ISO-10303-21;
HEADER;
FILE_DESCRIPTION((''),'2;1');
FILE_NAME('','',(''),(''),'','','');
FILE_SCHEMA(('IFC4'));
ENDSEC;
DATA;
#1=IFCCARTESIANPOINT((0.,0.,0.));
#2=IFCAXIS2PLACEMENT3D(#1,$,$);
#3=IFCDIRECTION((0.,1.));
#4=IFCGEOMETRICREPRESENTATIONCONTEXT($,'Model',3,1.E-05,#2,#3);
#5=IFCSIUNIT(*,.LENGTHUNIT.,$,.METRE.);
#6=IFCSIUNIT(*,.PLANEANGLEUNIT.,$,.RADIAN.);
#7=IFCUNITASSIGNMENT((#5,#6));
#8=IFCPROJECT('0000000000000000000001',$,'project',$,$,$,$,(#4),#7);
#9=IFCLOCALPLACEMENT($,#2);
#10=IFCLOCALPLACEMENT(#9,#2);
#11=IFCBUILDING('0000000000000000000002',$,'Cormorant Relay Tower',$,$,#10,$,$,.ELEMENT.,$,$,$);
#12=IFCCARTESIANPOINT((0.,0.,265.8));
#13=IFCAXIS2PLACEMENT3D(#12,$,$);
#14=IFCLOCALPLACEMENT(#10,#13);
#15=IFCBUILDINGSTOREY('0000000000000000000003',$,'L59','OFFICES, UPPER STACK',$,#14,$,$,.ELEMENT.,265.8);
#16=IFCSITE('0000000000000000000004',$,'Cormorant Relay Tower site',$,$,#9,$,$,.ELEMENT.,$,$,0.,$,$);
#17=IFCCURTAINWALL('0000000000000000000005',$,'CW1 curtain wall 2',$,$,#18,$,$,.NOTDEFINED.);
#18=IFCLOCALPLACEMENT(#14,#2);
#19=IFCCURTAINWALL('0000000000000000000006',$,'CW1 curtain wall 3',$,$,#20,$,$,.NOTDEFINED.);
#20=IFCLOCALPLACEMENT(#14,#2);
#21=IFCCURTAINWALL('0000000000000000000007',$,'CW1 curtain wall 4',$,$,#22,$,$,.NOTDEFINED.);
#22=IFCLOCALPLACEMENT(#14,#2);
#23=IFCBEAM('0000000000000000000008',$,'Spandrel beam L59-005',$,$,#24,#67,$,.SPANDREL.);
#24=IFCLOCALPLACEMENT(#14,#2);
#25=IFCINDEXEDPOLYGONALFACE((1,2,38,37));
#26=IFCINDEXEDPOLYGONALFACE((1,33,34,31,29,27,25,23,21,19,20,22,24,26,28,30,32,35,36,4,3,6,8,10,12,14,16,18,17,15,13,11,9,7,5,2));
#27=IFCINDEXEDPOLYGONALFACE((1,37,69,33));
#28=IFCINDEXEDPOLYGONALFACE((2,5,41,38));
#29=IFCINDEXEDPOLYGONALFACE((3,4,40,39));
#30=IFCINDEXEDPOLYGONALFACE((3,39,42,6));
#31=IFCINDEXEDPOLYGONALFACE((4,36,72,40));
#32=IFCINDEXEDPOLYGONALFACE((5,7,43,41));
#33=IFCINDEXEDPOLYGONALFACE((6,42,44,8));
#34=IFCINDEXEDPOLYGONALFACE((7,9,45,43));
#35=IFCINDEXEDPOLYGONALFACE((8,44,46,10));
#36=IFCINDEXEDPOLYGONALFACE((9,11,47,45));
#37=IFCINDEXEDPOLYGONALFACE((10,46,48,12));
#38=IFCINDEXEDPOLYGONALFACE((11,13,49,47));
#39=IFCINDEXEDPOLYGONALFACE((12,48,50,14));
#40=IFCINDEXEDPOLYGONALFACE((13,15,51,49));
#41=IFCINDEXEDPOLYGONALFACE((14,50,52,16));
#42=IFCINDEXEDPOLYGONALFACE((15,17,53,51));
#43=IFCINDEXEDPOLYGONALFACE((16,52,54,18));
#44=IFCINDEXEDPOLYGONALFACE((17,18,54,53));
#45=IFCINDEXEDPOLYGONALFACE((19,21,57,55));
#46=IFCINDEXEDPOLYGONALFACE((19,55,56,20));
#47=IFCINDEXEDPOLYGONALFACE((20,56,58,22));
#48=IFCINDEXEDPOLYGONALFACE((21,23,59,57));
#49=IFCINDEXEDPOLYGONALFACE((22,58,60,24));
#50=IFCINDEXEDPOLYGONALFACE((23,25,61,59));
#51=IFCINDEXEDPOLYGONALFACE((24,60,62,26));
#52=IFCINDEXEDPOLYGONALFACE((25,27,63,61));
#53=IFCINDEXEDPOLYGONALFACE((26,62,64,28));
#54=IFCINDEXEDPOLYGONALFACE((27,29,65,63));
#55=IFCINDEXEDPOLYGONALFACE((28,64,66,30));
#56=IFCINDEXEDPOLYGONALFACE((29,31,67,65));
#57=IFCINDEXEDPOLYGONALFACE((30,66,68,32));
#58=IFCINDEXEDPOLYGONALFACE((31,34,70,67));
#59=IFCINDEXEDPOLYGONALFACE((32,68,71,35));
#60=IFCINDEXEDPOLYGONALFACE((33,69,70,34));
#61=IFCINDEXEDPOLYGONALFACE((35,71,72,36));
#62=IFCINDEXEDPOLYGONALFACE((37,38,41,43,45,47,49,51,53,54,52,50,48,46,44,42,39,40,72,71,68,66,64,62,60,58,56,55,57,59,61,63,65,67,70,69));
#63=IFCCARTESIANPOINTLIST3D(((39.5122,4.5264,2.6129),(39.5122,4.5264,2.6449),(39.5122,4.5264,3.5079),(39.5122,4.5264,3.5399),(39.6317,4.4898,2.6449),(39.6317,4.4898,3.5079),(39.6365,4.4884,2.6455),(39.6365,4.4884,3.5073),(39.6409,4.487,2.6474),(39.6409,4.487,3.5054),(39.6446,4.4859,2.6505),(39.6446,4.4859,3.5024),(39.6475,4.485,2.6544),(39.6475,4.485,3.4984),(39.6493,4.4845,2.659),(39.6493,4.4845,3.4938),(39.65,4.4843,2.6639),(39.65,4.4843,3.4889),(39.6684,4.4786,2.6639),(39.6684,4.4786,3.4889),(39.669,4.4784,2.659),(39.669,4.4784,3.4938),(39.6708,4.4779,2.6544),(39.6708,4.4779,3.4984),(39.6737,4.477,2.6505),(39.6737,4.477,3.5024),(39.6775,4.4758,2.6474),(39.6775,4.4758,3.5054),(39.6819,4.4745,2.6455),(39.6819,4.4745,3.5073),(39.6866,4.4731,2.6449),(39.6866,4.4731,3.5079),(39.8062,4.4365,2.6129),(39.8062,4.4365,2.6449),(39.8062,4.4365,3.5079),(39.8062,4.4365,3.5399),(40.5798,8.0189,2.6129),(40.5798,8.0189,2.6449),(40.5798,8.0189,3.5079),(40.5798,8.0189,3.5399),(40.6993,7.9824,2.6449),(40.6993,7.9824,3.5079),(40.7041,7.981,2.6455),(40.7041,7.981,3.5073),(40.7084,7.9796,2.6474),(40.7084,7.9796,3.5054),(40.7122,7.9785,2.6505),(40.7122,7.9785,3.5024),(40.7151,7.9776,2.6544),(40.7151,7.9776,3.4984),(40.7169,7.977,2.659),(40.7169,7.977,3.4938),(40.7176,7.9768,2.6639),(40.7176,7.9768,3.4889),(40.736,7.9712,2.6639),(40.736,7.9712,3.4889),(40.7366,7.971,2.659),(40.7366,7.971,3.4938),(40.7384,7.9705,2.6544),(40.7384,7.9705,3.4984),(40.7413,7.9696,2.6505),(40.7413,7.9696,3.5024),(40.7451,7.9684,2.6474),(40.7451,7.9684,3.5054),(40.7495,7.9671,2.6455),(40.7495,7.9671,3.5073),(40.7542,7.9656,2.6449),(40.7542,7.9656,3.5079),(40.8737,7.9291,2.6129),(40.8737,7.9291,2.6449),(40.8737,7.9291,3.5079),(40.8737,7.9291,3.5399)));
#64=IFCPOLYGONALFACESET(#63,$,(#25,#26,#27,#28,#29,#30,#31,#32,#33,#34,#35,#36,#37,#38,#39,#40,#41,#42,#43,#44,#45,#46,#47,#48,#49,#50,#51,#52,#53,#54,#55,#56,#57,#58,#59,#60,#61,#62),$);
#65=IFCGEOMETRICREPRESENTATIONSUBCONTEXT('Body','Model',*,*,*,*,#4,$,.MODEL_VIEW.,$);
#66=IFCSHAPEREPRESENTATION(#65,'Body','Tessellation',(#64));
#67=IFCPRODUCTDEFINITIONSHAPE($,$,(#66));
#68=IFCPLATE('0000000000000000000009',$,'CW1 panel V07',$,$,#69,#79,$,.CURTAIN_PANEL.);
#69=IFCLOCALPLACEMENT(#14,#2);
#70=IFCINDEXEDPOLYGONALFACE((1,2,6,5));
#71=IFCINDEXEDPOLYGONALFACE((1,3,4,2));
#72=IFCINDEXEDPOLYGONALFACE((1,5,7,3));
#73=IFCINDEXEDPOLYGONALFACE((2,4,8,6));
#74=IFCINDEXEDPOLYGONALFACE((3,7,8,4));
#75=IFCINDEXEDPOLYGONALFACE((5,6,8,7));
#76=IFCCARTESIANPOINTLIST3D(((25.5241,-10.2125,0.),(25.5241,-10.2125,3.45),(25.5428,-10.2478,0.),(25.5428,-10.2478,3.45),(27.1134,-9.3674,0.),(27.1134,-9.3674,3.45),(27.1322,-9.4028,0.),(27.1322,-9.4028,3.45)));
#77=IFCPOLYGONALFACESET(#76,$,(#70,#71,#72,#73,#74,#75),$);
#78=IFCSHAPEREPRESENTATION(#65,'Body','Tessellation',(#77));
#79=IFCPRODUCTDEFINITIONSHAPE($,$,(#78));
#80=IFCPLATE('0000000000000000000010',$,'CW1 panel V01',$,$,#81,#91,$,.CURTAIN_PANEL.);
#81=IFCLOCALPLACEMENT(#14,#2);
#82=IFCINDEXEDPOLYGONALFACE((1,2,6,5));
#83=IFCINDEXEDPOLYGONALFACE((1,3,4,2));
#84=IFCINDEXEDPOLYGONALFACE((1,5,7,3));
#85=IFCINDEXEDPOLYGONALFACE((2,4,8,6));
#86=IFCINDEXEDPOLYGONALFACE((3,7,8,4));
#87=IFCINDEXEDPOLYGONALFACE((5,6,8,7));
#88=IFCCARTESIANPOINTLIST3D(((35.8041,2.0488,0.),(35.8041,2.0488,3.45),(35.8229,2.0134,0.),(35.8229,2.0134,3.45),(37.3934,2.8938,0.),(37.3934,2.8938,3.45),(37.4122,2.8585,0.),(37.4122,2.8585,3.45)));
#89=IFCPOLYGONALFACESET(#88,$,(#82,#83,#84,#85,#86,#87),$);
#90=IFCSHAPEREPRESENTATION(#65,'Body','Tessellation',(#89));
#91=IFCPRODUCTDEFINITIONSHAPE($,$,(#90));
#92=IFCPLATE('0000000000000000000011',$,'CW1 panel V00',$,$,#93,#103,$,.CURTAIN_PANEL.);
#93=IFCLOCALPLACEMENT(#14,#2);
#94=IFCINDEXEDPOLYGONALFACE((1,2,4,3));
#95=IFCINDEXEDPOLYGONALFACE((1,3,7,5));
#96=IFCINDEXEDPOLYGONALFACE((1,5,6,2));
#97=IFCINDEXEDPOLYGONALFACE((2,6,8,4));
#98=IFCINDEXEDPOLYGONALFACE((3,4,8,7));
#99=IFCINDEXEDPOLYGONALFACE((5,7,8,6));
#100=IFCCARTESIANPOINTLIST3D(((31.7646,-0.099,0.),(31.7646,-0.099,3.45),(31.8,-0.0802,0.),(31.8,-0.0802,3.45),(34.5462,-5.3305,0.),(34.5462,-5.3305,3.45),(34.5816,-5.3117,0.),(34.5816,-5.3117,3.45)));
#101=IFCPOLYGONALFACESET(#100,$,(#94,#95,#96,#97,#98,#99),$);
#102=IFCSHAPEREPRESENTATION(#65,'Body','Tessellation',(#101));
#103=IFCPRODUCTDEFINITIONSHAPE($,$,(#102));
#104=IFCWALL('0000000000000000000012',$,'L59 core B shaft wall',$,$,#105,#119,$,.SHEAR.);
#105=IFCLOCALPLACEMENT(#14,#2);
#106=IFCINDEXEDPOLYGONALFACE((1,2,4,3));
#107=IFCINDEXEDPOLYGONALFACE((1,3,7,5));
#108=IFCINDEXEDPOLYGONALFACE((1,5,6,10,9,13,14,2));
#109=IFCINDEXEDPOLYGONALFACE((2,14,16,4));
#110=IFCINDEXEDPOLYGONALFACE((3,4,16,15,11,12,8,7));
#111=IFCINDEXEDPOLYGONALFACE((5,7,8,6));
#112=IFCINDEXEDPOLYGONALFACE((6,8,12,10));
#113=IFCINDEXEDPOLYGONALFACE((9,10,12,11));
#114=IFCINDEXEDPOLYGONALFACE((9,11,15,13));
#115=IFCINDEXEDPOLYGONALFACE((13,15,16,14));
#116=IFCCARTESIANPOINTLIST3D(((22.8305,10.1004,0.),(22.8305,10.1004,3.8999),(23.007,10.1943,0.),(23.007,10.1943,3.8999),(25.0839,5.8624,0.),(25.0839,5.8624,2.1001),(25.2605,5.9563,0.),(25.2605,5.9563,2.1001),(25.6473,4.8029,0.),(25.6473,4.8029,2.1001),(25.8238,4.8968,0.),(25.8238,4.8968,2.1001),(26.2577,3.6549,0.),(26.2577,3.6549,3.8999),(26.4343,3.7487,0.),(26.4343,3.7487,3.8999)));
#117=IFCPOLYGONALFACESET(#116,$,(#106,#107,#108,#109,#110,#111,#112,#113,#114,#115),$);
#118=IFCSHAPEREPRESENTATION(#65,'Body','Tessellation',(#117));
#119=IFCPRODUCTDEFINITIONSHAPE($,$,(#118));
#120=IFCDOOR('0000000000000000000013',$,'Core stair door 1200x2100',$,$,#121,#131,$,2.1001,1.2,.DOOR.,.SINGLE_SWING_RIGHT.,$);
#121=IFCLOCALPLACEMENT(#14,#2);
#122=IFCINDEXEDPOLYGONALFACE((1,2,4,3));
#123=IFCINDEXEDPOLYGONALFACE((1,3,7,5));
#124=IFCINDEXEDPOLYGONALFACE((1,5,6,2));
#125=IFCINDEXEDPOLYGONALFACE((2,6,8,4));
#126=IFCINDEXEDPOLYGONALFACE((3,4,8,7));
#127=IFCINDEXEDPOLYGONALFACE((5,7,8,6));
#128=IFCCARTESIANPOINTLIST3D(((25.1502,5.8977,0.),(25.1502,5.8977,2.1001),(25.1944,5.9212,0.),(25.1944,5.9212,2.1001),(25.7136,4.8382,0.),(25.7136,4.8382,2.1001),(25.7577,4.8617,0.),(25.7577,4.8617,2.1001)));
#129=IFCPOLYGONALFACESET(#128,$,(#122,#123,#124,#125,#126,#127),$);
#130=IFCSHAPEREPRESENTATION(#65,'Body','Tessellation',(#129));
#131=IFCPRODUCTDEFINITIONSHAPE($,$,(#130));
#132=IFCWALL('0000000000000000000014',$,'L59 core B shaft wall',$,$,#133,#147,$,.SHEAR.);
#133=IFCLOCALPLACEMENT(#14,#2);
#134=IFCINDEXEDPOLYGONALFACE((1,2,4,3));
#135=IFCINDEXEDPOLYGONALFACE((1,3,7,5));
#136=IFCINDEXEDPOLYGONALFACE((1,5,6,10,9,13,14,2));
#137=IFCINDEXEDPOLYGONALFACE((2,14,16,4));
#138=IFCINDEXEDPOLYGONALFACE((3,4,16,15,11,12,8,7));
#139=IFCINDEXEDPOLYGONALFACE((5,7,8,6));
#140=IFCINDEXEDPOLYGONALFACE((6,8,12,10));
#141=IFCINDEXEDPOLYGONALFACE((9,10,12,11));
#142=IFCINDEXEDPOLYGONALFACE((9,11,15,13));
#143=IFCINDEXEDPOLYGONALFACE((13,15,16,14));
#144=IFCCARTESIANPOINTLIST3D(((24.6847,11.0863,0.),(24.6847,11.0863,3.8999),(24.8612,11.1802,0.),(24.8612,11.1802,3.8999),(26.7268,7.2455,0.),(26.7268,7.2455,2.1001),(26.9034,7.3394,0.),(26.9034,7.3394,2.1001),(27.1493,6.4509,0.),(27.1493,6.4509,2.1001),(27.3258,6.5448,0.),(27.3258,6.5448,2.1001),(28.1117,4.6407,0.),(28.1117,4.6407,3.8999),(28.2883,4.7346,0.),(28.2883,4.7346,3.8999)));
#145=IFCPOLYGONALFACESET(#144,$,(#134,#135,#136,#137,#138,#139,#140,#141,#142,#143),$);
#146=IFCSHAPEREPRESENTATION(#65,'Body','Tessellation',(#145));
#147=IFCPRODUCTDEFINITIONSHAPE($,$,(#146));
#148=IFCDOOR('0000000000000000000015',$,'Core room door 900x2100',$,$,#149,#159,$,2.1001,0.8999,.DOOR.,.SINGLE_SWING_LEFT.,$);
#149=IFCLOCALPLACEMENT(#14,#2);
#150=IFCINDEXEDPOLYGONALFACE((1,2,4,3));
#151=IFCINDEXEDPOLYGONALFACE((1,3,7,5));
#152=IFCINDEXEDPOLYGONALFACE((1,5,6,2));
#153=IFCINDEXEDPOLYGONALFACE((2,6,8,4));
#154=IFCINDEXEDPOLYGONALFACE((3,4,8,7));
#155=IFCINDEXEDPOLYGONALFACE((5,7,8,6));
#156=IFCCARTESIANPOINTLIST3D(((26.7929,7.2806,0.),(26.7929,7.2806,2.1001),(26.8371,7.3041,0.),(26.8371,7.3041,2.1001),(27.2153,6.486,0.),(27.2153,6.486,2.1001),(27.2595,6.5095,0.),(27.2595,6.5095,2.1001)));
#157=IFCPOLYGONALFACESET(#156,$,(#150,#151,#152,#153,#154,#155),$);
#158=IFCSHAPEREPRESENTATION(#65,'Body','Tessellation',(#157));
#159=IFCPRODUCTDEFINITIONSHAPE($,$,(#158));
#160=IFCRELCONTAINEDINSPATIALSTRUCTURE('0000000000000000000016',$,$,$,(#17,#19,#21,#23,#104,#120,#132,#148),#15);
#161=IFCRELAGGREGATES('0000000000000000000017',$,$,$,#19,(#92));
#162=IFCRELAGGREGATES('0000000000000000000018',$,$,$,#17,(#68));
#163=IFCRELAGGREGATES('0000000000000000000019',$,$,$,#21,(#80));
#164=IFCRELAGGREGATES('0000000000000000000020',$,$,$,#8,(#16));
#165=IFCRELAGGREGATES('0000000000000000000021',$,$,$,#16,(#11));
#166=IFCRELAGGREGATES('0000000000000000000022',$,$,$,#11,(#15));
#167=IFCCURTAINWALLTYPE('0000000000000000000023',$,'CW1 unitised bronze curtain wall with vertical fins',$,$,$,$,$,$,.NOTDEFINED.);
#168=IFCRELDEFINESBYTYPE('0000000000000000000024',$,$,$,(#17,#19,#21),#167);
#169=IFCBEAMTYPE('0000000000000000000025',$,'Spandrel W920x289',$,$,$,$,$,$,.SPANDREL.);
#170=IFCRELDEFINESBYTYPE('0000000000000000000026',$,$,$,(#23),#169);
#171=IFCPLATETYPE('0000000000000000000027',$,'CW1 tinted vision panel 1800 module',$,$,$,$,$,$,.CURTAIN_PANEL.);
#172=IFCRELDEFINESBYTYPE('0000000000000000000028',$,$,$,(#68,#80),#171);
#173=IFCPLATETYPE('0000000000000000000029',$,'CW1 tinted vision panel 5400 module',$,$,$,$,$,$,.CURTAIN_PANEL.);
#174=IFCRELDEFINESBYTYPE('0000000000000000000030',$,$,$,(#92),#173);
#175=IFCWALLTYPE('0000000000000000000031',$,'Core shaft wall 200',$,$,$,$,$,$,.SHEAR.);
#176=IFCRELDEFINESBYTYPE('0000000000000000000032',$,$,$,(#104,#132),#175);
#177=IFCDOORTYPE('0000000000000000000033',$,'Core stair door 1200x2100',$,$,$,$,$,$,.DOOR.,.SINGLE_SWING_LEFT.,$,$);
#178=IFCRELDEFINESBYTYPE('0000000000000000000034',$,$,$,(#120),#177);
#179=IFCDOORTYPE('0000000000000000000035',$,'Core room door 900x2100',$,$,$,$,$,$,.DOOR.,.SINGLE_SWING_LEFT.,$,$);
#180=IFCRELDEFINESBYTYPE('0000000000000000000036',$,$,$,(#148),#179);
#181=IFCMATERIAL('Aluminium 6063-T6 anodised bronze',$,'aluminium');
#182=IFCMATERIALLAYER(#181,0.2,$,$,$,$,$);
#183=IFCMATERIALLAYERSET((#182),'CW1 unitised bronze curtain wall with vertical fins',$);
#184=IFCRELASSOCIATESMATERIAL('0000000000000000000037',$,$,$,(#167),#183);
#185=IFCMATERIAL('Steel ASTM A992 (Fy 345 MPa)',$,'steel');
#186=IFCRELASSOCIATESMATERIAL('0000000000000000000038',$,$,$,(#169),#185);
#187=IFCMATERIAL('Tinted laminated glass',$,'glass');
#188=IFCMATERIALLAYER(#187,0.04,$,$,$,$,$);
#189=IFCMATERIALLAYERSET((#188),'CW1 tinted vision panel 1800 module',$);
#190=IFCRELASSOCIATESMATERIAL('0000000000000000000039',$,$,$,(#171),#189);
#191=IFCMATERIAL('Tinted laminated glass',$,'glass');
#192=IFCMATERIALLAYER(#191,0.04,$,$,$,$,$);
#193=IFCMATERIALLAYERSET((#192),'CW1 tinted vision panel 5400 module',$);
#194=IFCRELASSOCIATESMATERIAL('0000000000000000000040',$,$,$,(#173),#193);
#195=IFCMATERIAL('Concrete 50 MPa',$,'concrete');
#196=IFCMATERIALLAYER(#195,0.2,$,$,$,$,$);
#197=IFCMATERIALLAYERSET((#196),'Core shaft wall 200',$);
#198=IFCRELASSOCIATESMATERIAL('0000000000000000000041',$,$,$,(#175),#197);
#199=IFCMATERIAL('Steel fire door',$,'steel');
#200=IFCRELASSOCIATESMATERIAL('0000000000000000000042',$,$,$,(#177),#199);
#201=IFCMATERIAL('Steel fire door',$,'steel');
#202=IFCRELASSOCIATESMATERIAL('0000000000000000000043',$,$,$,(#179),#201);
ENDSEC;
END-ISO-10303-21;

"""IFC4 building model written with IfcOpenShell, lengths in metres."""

from ifc_helpers import new_model, si_unit, direction, frame, frame_2d, origin, origin_2d, place, context, subcontext, project, spatial, rectangle, i_section, extrude, material, layer, layer_set, material_profile, profile_set, type_object, element, fill, aggregate, save


model = new_model("IFC4")

# Units and contexts
model_context = context("Model", 3, precision=1e-05, world=origin(), true_north=direction((0.0, 1.0)))
body_context = subcontext(model_context, "Body", "Model", "MODEL_VIEW")
ifc_project = project(units=[si_unit("LENGTHUNIT", "METRE"), si_unit("PLANEANGLEUNIT", "RADIAN")], contexts=[model_context])

# Site, building, storey
site_placement = place(None, origin())
site = spatial("IfcSite", under=ifc_project, at=site_placement, Name="Cormorant Relay Tower site", CompositionType="ELEMENT", RefElevation=0.0)
building_placement = place(site_placement, origin())
building = spatial("IfcBuilding", under=site, at=building_placement, Name="Cormorant Relay Tower", CompositionType="ELEMENT")
storey_placement = place(building_placement, frame((0.0, 0.0, 265.8)))
storey = spatial("IfcBuildingStorey", under=building, at=storey_placement, Name="L59", Description="OFFICES, UPPER STACK", CompositionType="ELEMENT", Elevation=265.8)

# Curtain walls
ifc_material_1 = material(Name="Aluminium 6063-T6 anodised bronze", Category="aluminium")
ifc_layer_1 = layer(ifc_material_1, 0.2)
ifc_layer_set_1 = layer_set([ifc_layer_1], Name="CW1 unitised bronze curtain wall with vertical fins")
curtain_wall_type = type_object("IfcCurtainWallType", Name="CW1 unitised bronze curtain wall with vertical fins", PredefinedType="NOTDEFINED", material=ifc_layer_set_1)
curtain_wall_1_placement = place(storey_placement, origin())
curtain_wall_1 = element("IfcCurtainWall", 1, at=curtain_wall_1_placement, inside=storey, type_object=curtain_wall_type, Name="CW1 curtain wall 2", PredefinedType="NOTDEFINED")
curtain_wall_2_placement = place(storey_placement, origin())
curtain_wall_2 = element("IfcCurtainWall", 2, at=curtain_wall_2_placement, inside=storey, type_object=curtain_wall_type, Name="CW1 curtain wall 3", PredefinedType="NOTDEFINED")

# Curtain wall
curtain_wall_3_placement = place(storey_placement, origin())
curtain_wall_3 = element("IfcCurtainWall", 3, at=curtain_wall_3_placement, inside=storey, type_object=curtain_wall_type, Name="CW1 curtain wall 4", PredefinedType="NOTDEFINED")

# Beam
ifc_material_2 = material(Name="Steel ASTM A992 (Fy 345 MPa)", Category="steel")
ifc_material_profile_1 = material_profile(ifc_material_2, i_section(OverallWidth=0.3074, OverallDepth=0.927, WebThickness=0.0193, FlangeThickness=0.032, FilletRadius=0.019, at=origin_2d()), Name="W920x289")
ifc_profile_set_1 = profile_set([ifc_material_profile_1], Name="Steel ASTM A992 (Fy 345 MPa)")
beam_type = type_object("IfcBeamType", Name="Spandrel W920x289", PredefinedType="SPANDREL", material=ifc_profile_set_1)
beam_1_placement = place(storey_placement, frame((39.6592, 4.4814, 3.0764), z_axis=(0.292324, 0.956319, 0.0), x_axis=(-0.956319, 0.292324, 0.0)))
element("IfcBeam", 4, at=beam_1_placement, inside=storey, type_object=beam_type, Name="Spandrel beam L59-005", PredefinedType="SPANDREL", context=body_context, shape_type="SweptSolid", body=[
    extrude(i_section(OverallWidth=0.3074, OverallDepth=0.927, WebThickness=0.0193, FlangeThickness=0.032, FilletRadius=0.019, at=origin_2d()), origin(), (0.0, 0.0, 1.0), 3.6521),
])

# Plates
ifc_material_3 = material(Name="Tinted laminated glass", Category="glass")
ifc_layer_2 = layer(ifc_material_3, 0.04)
ifc_layer_set_2 = layer_set([ifc_layer_2], Name="CW1 tinted vision panel 1800 module")
plate_type_1 = type_object("IfcPlateType", Name="CW1 tinted vision panel 1800 module", PredefinedType="CURTAIN_PANEL", material=ifc_layer_set_2)
plate_1_placement = place(storey_placement, frame((26.3281, -9.8076, 0.0), z_axis=(0.0, 0.0, 1.0), x_axis=(0.882948, 0.469472, 0.0)))
plate_1 = element("IfcPlate", 5, at=plate_1_placement, type_object=plate_type_1, Name="CW1 panel V07", PredefinedType="CURTAIN_PANEL", context=body_context, shape_type="SweptSolid", body=[
    extrude(rectangle(XDim=1.8, YDim=0.04, at=origin_2d()), origin(), (0.0, 0.0, 1.0), 3.45),
])
plate_2_placement = place(storey_placement, frame((36.6082, 2.4536, 0.0), z_axis=(0.0, 0.0, 1.0), x_axis=(0.882948, 0.469472, 0.0)))
plate_2 = element("IfcPlate", 6, at=plate_2_placement, type_object=plate_type_1, Name="CW1 panel V01", PredefinedType="CURTAIN_PANEL", context=body_context, shape_type="SweptSolid", body=[
    extrude(rectangle(XDim=1.8, YDim=0.04, at=origin_2d()), origin(), (0.0, 0.0, 1.0), 3.45),
])
ifc_material_4 = material(Name="Tinted laminated glass", Category="glass")
ifc_layer_3 = layer(ifc_material_4, 0.04)
ifc_layer_set_3 = layer_set([ifc_layer_3], Name="CW1 tinted vision panel 5400 module")
plate_type_2 = type_object("IfcPlateType", Name="CW1 tinted vision panel 5400 module", PredefinedType="CURTAIN_PANEL", material=ifc_layer_set_3)
plate_3_placement = place(storey_placement, frame((33.1731, -2.7053, 0.0), z_axis=(0.0, 0.0, 1.0), x_axis=(-0.469472, 0.882948, 0.0)))
plate_3 = element("IfcPlate", 7, at=plate_3_placement, type_object=plate_type_2, Name="CW1 panel V00", PredefinedType="CURTAIN_PANEL", context=body_context, shape_type="SweptSolid", body=[
    extrude(rectangle(XDim=5.925, YDim=0.04, at=origin_2d()), origin(), (0.0, 0.0, 1.0), 3.45),
])
aggregate(curtain_wall_2, [plate_3])

# Walls, openings, doors
ifc_material_5 = material(Name="Concrete 50 MPa", Category="concrete")
ifc_layer_4 = layer(ifc_material_5, 0.2)
ifc_layer_set_4 = layer_set([ifc_layer_4], Name="Core shaft wall 200")
wall_type_1 = type_object("IfcWallType", Name="Core shaft wall 200", PredefinedType="SHEAR", material=ifc_layer_set_4)
wall_1_placement = place(storey_placement, frame((26.3459, 3.7019, 0.0), z_axis=(0.0, 0.0, 1.0), x_axis=(-0.46948, 0.882943, 0.0)))
wall_1 = element("IfcWall", 8, at=wall_1_placement, inside=storey, type_object=wall_type_1, Name="L59 core B shaft wall", PredefinedType="SHEAR", context=body_context, shape_type="SweptSolid", body=[
    extrude(rectangle(XDim=7.3, YDim=0.2, at=frame_2d((3.6499, 0.0))), origin(), (0.0, 0.0, 1.0), 3.8999),
])
opening_1_placement = place(wall_1_placement, frame((1.3, 0.0, 0.0)))
opening_1 = element("IfcOpeningElement", 9, at=opening_1_placement, cuts=wall_1, PredefinedType="OPENING", context=body_context, shape_type="SweptSolid", body=[
    extrude(rectangle(XDim=1.2, YDim=2.1001, at=frame_2d((0.6001, 1.05))), frame((0.0, 0.1099, 0.0), z_axis=(0.0, -1.0, 0.0), x_axis=(1.0, 0.0, 0.0)), (0.0, 0.0, 1.0), 0.22),
])
ifc_material_6 = material(Name="Steel fire door", Category="steel")
door_type_1 = type_object("IfcDoorType", Name="Core stair door 1200x2100", OperationType="SINGLE_SWING_LEFT", PredefinedType="DOOR", material=ifc_material_6)
door_1_placement = place(opening_1_placement, origin())
door_1 = element("IfcDoor", 10, at=door_1_placement, inside=storey, type_object=door_type_1, Name="Core stair door 1200x2100", OperationType="SINGLE_SWING_RIGHT", OverallHeight=2.1001, OverallWidth=1.2, PredefinedType="DOOR", context=body_context, shape_type="SweptSolid", body=[
    extrude(rectangle(XDim=1.2, YDim=2.1001, at=frame_2d((0.6001, 1.05))), frame((0.0, 0.0249, 0.0), z_axis=(0.0, -1.0, 0.0), x_axis=(1.0, 0.0, 0.0)), (0.0, 0.0, 1.0), 0.05),
])
fill(opening_1, door_1)
wall_2_placement = place(storey_placement, frame((28.2, 4.6877, 0.0), z_axis=(0.0, 0.0, 1.0), x_axis=(-0.469454, 0.882957, 0.0)))
wall_2 = element("IfcWall", 11, at=wall_2_placement, inside=storey, type_object=wall_type_1, Name="L59 core B shaft wall", PredefinedType="SHEAR", context=body_context, shape_type="SweptSolid", body=[
    extrude(rectangle(XDim=7.3, YDim=0.2, at=frame_2d((3.6499, 0.0))), origin(), (0.0, 0.0, 1.0), 3.8999),
])
opening_2_placement = place(wall_2_placement, frame((2.05, 0.0, 0.0)))
opening_2 = element("IfcOpeningElement", 12, at=opening_2_placement, cuts=wall_2, PredefinedType="OPENING", context=body_context, shape_type="SweptSolid", body=[
    extrude(rectangle(XDim=0.8999, YDim=2.1001, at=frame_2d((0.45, 1.05))), frame((0.0, 0.1099, 0.0), z_axis=(0.0, -1.0, 0.0), x_axis=(1.0, 0.0, 0.0)), (0.0, 0.0, 1.0), 0.22),
])
ifc_material_7 = material(Name="Steel fire door", Category="steel")
door_type_2 = type_object("IfcDoorType", Name="Core room door 900x2100", OperationType="SINGLE_SWING_LEFT", PredefinedType="DOOR", material=ifc_material_7)
door_2_placement = place(opening_2_placement, frame((0.8999, 0.0, 0.0), z_axis=(0.0, 0.0, 1.0), x_axis=(-1.0, 0.0, 0.0)))
door_2 = element("IfcDoor", 13, at=door_2_placement, inside=storey, type_object=door_type_2, Name="Core room door 900x2100", OperationType="SINGLE_SWING_LEFT", OverallHeight=2.1001, OverallWidth=0.8999, PredefinedType="DOOR", context=body_context, shape_type="SweptSolid", body=[
    extrude(rectangle(XDim=0.8999, YDim=2.1001, at=frame_2d((0.45, 1.05))), frame((0.0, 0.0249, 0.0), z_axis=(0.0, -1.0, 0.0), x_axis=(1.0, 0.0, 0.0)), (0.0, 0.0, 1.0), 0.05),
])
fill(opening_2, door_2)

aggregate(curtain_wall_1, [plate_1])
aggregate(curtain_wall_3, [plate_2])

save(model, "model.ifc")
